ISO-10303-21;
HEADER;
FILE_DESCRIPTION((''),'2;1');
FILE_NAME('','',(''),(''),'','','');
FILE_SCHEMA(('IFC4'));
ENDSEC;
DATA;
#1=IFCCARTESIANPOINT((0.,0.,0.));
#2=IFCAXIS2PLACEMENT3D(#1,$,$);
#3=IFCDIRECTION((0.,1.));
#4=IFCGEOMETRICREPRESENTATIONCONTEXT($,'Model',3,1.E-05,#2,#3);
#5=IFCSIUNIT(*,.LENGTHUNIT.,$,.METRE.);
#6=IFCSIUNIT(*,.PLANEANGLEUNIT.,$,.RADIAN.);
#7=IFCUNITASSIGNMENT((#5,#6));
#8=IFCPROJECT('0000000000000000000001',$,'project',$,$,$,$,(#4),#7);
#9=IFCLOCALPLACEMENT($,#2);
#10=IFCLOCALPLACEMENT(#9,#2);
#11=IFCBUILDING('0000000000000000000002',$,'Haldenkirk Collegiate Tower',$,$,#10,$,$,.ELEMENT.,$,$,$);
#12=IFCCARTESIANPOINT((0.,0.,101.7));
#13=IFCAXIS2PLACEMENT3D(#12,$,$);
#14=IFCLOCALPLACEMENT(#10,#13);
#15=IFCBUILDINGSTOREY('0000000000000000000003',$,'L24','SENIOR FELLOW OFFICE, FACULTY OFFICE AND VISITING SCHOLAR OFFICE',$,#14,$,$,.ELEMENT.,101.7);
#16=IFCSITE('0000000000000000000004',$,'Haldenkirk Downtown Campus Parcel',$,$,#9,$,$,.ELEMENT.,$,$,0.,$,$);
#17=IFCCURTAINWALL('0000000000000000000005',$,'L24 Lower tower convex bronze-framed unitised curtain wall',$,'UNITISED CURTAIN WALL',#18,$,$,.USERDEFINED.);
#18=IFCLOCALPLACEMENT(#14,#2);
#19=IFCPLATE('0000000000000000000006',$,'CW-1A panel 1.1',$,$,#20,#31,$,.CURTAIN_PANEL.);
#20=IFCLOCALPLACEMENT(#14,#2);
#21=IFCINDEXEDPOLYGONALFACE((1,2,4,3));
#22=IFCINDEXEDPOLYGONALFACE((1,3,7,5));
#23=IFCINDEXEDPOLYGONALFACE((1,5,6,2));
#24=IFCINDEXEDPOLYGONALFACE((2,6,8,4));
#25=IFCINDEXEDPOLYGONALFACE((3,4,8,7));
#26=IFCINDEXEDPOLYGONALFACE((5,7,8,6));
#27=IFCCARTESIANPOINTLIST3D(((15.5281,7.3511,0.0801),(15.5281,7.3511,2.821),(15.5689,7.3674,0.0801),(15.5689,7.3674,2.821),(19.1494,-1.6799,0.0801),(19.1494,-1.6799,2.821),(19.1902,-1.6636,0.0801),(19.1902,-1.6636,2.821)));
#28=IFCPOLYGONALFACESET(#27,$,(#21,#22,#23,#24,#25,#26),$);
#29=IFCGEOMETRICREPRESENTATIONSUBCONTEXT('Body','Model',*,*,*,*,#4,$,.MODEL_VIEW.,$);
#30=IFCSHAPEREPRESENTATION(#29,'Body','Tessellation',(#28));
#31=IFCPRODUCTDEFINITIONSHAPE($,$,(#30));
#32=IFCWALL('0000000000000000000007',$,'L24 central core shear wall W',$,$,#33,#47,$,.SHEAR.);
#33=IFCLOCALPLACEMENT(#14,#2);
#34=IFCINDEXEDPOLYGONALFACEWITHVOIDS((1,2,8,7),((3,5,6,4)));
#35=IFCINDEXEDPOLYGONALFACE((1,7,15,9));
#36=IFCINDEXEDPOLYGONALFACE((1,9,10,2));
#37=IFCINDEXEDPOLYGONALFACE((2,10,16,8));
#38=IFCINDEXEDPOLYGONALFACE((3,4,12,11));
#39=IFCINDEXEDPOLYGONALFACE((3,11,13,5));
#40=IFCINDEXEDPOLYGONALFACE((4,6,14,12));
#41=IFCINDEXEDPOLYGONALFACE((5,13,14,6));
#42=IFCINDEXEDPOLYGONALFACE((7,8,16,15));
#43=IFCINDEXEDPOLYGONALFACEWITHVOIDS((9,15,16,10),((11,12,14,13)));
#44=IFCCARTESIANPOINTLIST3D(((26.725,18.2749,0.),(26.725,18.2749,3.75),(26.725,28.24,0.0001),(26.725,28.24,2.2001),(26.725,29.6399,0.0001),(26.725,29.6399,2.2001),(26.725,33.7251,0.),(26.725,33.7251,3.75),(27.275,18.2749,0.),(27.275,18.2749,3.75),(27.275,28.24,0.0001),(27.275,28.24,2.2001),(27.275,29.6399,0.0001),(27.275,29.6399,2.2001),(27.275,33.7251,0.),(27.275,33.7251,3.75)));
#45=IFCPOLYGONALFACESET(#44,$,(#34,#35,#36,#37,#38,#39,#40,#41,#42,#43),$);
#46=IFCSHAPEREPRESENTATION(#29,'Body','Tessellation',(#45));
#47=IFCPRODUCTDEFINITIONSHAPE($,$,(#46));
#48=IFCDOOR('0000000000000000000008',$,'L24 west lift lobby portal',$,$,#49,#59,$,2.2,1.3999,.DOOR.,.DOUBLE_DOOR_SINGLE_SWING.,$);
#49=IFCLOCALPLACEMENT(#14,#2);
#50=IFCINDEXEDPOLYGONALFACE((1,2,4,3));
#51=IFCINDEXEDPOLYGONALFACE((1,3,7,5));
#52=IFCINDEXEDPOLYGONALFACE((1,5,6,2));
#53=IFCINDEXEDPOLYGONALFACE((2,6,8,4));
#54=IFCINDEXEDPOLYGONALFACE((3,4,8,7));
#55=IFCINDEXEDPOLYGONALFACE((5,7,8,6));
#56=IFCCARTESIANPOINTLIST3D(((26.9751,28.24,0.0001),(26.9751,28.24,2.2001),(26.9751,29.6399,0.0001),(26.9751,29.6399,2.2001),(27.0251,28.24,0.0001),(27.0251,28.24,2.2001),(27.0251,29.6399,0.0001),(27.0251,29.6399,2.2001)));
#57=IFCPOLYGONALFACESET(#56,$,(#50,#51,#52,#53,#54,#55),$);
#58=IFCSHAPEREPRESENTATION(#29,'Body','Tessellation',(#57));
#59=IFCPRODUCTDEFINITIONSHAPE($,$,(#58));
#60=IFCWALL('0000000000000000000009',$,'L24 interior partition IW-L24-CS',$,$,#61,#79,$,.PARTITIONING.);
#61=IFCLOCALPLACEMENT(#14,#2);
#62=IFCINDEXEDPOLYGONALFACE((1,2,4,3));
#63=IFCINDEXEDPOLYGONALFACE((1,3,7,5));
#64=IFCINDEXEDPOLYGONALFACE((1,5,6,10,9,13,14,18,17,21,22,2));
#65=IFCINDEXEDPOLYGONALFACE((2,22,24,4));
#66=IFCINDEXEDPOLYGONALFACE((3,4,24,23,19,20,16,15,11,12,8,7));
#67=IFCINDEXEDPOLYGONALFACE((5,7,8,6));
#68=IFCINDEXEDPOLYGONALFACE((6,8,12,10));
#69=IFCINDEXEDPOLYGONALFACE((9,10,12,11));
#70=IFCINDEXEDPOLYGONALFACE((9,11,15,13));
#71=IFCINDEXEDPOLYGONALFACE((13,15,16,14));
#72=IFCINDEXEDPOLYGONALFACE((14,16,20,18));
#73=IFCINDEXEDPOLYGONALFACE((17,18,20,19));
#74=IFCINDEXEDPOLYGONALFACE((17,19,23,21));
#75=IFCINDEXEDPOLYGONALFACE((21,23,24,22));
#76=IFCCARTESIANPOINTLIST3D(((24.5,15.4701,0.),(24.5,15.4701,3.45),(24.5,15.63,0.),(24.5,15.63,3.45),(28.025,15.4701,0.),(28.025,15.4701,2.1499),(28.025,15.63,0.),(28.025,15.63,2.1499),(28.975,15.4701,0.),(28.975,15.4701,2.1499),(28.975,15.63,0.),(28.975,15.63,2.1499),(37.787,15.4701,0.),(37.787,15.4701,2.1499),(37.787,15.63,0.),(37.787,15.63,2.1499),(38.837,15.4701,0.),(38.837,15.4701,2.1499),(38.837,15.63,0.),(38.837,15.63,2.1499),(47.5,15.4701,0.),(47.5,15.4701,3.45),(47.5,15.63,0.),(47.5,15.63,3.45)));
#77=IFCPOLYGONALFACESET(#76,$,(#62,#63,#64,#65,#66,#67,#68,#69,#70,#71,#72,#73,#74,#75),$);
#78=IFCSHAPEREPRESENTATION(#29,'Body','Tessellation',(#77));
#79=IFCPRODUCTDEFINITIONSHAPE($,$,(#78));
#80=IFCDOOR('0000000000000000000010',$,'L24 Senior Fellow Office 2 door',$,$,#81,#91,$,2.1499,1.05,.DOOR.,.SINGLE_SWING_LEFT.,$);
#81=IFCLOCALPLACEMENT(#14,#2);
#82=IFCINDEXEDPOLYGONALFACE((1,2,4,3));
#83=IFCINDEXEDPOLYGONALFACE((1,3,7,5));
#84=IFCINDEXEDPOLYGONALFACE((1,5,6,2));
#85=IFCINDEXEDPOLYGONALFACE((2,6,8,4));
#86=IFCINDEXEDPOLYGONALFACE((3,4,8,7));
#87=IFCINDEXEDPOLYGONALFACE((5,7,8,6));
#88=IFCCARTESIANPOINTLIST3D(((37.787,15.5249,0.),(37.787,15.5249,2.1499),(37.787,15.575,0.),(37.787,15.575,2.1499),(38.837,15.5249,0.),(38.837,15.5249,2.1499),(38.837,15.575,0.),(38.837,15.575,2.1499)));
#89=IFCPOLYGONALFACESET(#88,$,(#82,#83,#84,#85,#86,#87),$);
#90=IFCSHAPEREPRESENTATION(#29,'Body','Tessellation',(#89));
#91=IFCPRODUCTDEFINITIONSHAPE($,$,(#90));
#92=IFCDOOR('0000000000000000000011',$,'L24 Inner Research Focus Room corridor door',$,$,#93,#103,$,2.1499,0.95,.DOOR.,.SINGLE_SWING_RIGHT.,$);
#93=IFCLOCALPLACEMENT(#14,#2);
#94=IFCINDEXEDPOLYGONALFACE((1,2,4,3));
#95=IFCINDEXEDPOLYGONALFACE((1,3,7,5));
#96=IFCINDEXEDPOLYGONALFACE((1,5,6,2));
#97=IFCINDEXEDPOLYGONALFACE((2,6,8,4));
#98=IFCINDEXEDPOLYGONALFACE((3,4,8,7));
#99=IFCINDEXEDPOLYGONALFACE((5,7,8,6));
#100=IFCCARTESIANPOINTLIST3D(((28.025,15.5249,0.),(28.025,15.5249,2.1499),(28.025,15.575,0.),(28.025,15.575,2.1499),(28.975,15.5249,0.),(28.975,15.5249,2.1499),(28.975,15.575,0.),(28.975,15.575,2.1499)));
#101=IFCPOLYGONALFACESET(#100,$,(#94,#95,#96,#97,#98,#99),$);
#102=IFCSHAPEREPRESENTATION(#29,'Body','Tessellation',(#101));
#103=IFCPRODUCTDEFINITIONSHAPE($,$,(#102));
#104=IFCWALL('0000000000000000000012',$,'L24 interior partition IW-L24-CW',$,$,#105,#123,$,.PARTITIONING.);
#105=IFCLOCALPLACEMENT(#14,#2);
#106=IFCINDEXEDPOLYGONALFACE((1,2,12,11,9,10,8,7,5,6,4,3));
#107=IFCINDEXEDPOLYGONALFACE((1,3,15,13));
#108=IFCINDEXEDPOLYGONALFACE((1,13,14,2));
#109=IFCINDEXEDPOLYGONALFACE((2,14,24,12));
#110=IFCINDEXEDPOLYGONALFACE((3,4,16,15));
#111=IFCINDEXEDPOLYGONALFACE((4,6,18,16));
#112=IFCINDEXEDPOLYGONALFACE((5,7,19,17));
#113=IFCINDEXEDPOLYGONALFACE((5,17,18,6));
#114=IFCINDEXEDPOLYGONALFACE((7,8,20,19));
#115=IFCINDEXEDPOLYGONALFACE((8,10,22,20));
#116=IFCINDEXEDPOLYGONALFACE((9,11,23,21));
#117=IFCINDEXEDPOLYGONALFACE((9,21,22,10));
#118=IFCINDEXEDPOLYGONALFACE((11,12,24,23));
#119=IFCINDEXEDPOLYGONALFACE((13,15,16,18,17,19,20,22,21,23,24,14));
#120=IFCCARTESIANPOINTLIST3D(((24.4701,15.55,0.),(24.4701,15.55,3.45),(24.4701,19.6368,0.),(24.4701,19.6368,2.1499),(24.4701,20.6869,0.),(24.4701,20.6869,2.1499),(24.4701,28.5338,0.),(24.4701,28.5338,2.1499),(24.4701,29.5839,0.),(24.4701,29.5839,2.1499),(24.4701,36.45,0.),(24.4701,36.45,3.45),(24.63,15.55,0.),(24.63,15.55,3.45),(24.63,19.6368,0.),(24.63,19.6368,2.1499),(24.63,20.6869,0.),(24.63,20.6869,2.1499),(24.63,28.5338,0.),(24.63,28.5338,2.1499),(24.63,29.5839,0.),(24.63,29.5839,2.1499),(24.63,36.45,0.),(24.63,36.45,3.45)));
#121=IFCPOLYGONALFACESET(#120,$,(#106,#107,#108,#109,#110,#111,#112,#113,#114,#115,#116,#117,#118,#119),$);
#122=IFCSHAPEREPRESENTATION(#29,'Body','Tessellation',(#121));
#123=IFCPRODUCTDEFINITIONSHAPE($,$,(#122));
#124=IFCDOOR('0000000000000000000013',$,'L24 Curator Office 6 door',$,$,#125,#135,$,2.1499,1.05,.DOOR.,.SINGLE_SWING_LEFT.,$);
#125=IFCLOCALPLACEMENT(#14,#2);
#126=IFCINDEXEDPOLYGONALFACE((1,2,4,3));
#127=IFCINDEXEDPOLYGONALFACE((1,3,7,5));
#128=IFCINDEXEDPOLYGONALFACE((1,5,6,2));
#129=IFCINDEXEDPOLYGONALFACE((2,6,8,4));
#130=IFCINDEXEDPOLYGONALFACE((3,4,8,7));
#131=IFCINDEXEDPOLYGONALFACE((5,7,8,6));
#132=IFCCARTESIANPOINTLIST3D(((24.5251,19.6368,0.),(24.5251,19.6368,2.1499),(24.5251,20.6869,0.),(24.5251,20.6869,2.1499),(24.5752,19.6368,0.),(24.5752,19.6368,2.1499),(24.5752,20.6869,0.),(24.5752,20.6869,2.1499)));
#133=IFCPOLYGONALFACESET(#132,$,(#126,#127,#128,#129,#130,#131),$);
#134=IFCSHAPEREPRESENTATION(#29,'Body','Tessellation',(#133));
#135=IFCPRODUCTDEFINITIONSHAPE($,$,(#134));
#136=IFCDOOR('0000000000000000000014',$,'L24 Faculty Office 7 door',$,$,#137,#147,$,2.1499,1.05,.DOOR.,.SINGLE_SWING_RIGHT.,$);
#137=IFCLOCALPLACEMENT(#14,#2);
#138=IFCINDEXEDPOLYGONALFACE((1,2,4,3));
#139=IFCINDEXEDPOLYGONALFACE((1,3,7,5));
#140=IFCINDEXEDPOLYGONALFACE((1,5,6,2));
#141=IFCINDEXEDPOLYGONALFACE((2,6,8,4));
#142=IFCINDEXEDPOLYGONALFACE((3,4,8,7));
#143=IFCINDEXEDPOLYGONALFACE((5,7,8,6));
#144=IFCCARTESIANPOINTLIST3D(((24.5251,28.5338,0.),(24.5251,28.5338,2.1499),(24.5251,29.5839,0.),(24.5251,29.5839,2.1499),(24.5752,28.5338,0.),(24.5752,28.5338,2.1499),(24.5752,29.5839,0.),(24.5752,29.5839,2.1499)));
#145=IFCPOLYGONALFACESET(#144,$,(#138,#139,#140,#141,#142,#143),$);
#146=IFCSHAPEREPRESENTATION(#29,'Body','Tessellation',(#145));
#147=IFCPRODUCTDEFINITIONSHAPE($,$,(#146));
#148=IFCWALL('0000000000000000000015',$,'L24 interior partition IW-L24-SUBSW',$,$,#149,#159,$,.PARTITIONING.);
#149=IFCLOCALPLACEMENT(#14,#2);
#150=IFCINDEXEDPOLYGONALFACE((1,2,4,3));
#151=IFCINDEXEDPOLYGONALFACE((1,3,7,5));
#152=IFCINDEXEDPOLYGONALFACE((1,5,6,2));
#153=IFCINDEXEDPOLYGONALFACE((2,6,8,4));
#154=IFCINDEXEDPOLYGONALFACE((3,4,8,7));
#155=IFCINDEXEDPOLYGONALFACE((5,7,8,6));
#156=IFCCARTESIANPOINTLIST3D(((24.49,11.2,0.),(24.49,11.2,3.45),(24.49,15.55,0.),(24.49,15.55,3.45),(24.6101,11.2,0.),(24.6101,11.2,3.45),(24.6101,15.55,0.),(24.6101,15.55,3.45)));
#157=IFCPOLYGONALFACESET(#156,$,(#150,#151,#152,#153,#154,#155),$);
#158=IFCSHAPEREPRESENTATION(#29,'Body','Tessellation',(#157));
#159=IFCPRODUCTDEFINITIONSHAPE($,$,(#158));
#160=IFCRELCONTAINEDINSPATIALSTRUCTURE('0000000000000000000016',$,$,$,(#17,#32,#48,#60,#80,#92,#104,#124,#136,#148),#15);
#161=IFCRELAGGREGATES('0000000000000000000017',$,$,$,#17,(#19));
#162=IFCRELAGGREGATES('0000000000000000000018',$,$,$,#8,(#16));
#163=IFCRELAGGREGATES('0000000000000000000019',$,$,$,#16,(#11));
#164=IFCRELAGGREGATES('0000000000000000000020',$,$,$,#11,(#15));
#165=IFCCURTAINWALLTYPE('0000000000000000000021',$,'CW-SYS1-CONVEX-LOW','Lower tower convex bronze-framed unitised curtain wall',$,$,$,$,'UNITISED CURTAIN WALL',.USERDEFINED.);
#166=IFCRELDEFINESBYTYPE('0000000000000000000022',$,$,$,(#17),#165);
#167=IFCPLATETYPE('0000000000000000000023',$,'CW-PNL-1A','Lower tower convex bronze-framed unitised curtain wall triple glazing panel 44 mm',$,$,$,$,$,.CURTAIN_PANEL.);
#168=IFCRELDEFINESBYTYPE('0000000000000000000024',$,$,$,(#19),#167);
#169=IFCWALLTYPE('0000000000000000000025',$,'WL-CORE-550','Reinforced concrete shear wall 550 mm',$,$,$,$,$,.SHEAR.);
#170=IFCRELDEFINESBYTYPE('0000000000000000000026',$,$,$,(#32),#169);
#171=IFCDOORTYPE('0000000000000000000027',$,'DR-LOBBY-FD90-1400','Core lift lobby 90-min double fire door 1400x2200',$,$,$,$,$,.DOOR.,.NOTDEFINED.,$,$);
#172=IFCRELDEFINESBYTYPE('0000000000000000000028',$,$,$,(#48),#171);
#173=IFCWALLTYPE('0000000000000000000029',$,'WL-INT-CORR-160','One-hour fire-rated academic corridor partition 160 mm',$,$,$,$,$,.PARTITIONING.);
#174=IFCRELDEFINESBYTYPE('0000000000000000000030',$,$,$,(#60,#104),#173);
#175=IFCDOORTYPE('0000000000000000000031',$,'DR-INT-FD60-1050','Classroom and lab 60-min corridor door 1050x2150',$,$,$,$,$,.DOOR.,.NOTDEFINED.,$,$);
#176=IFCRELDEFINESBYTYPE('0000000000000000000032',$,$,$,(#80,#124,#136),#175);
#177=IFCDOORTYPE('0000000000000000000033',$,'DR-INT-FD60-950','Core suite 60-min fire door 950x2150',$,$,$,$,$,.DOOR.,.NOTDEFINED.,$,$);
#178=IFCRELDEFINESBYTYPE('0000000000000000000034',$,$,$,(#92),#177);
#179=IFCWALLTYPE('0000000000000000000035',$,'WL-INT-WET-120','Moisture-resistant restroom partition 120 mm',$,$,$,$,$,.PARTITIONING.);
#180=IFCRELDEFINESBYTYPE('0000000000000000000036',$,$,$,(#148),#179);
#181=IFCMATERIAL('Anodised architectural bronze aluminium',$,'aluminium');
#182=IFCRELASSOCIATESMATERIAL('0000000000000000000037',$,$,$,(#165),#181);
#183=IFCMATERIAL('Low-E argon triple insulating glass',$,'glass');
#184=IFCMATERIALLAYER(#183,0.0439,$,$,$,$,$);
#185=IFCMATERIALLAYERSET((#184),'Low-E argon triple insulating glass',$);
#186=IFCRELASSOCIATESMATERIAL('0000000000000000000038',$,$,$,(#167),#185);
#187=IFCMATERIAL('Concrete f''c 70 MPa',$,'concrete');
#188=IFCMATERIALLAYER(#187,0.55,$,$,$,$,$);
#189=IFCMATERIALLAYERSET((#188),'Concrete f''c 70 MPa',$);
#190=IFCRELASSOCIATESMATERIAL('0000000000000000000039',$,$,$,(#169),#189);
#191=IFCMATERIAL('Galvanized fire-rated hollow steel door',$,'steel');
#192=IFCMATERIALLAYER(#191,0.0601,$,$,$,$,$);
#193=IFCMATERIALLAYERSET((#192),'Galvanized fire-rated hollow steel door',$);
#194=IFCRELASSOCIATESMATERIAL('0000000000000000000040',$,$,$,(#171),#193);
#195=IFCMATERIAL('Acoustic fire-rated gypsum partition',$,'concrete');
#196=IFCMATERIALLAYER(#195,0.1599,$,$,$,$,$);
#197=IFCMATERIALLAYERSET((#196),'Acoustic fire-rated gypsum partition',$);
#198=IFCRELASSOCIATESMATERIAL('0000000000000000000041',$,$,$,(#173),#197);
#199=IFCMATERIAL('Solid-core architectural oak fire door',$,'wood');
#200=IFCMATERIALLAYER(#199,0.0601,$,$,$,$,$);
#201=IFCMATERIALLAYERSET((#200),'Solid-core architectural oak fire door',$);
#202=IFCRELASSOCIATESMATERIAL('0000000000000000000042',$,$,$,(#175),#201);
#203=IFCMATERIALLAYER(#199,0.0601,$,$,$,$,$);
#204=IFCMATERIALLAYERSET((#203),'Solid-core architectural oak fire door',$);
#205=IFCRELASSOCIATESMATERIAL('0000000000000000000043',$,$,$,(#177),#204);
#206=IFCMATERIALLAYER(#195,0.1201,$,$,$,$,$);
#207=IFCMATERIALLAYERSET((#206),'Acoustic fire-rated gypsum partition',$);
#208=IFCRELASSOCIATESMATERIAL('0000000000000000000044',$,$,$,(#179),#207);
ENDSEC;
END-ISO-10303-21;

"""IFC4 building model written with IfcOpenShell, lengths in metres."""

from ifc_helpers import new_model, si_unit, direction, frame, frame_2d, origin, origin_2d, place, context, subcontext, project, spatial, rectangle, extrude, source, transform, mapped, material, layer, layer_set, type_object, element, fill, aggregate, save


model = new_model("IFC4")

# Units and contexts
model_context = context("Model", 3, precision=1e-05, world=origin(), true_north=direction((0.0, 1.0)))
body_context = subcontext(model_context, "Body", "Model", "MODEL_VIEW")
ifc_project = project(units=[si_unit("LENGTHUNIT", "METRE"), si_unit("PLANEANGLEUNIT", "RADIAN")], contexts=[model_context])

# Site, building, storey
site_placement = place(None, origin())
site = spatial("IfcSite", under=ifc_project, at=site_placement, Name="Haldenkirk Downtown Campus Parcel", CompositionType="ELEMENT", RefElevation=0.0)
building_placement = place(site_placement, origin())
building = spatial("IfcBuilding", under=site, at=building_placement, Name="Haldenkirk Collegiate Tower", CompositionType="ELEMENT")
storey_placement = place(building_placement, frame((0.0, 0.0, 101.7)))
storey = spatial("IfcBuildingStorey", under=building, at=storey_placement, Name="L24", Description="SENIOR FELLOW OFFICE, FACULTY OFFICE AND VISITING SCHOLAR OFFICE", CompositionType="ELEMENT", Elevation=101.7)

# Curtain wall, plate
ifc_material_1 = material(Name="Anodised architectural bronze aluminium", Category="aluminium")
curtain_wall_type = type_object("IfcCurtainWallType", Name="CW-SYS1-CONVEX-LOW", Description="Lower tower convex bronze-framed unitised curtain wall", ElementType="UNITISED CURTAIN WALL", PredefinedType="USERDEFINED", material=ifc_material_1)
curtain_wall_placement = place(storey_placement, origin())
curtain_wall = element("IfcCurtainWall", 1, at=curtain_wall_placement, inside=storey, type_object=curtain_wall_type, Name="L24 Lower tower convex bronze-framed unitised curtain wall", ObjectType="UNITISED CURTAIN WALL", PredefinedType="USERDEFINED")
ifc_material_2 = material(Name="Low-E argon triple insulating glass", Category="glass")
ifc_layer_1 = layer(ifc_material_2, 0.0439)
ifc_layer_set_1 = layer_set([ifc_layer_1], Name="Low-E argon triple insulating glass")
plate_type = type_object("IfcPlateType", Name="CW-PNL-1A", Description="Lower tower convex bronze-framed unitised curtain wall triple glazing panel 44 mm", PredefinedType="CURTAIN_PANEL", material=ifc_layer_set_1)
shared_shape = source(origin(), body_context, "Body", "SweptSolid", [
    extrude(rectangle(XDim=9.73, YDim=0.0439, at=origin_2d()), origin(), (0.0, 0.0, 1.0), 2.741),
])
plate_placement = place(storey_placement, frame((17.3591, 2.8438, 0.0801), z_axis=(0.0, 0.0, 1.0), x_axis=(-0.372175, 0.928163, 0.0)))
plate = element("IfcPlate", 2, at=plate_placement, type_object=plate_type, Name="CW-1A panel 1.1", PredefinedType="CURTAIN_PANEL", context=body_context, shape_type="MappedRepresentation", body=[
    mapped(shared_shape, transform((0.0, 0.0, 0.0), x_axis=(1.0, 0.0, 0.0), y_axis=(0.0, 1.0, 0.0), z_axis=(0.0, 0.0, 1.0), scale=1.0)),
])
aggregate(curtain_wall, [plate])

# Shared definitions
ifc_material_3 = material(Name="Concrete f'c 70 MPa", Category="concrete")
ifc_layer_2 = layer(ifc_material_3, 0.55)
ifc_layer_set_2 = layer_set([ifc_layer_2], Name="Concrete f'c 70 MPa")
wall_type_1 = type_object("IfcWallType", Name="WL-CORE-550", Description="Reinforced concrete shear wall 550 mm", PredefinedType="SHEAR", material=ifc_layer_set_2)
ifc_material_4 = material(Name="Galvanized fire-rated hollow steel door", Category="steel")

# Wall, opening, door
wall_1_placement = place(storey_placement, frame((27.0, 18.2749, 0.0), z_axis=(0.0, 0.0, 1.0), x_axis=(0.0, 1.0, 0.0)))
wall_1 = element("IfcWall", 3, at=wall_1_placement, inside=storey, type_object=wall_type_1, Name="L24 central core shear wall W", PredefinedType="SHEAR", context=body_context, shape_type="SweptSolid", body=[
    extrude(rectangle(XDim=15.4502, YDim=0.55, at=frame_2d((7.7251, 0.0))), origin(), (0.0, 0.0, 1.0), 3.75),
])
opening_1_placement = place(wall_1_placement, frame((9.9651, 0.0, 0.0)))
opening_1 = element("IfcOpeningElement", 4, at=opening_1_placement, cuts=wall_1, PredefinedType="OPENING", context=body_context, shape_type="SweptSolid", body=[
    extrude(rectangle(XDim=1.3999, YDim=2.2, at=frame_2d((0.7, 1.1001))), frame((0.0, 0.2849, 0.0), z_axis=(0.0, -1.0, 0.0), x_axis=(1.0, 0.0, 0.0)), (0.0, 0.0, 1.0), 0.5701),
])
ifc_layer_3 = layer(ifc_material_4, 0.0601)
ifc_layer_set_3 = layer_set([ifc_layer_3], Name="Galvanized fire-rated hollow steel door")
door_type_1 = type_object("IfcDoorType", Name="DR-LOBBY-FD90-1400", Description="Core lift lobby 90-min double fire door 1400x2200", OperationType="NOTDEFINED", PredefinedType="DOOR", material=ifc_layer_set_3)
door_1_placement = place(opening_1_placement, origin())
door_1 = element("IfcDoor", 5, at=door_1_placement, inside=storey, type_object=door_type_1, Name="L24 west lift lobby portal", OperationType="DOUBLE_DOOR_SINGLE_SWING", OverallHeight=2.2, OverallWidth=1.3999, PredefinedType="DOOR", context=body_context, shape_type="SweptSolid", body=[
    extrude(rectangle(XDim=1.3999, YDim=2.2, at=frame_2d((0.7, 1.1001))), frame((0.0, 0.0249, 0.0), z_axis=(0.0, -1.0, 0.0), x_axis=(1.0, 0.0, 0.0)), (0.0, 0.0, 1.0), 0.05),
])
fill(opening_1, door_1)

# Walls, openings, doors
ifc_material_5 = material(Name="Acoustic fire-rated gypsum partition", Category="concrete")
ifc_layer_4 = layer(ifc_material_5, 0.1599)
ifc_layer_set_4 = layer_set([ifc_layer_4], Name="Acoustic fire-rated gypsum partition")
wall_type_2 = type_object("IfcWallType", Name="WL-INT-CORR-160", Description="One-hour fire-rated academic corridor partition 160 mm", PredefinedType="PARTITIONING", material=ifc_layer_set_4)
wall_2_placement = place(storey_placement, frame((24.5, 15.55, 0.0), z_axis=(0.0, 0.0, 1.0), x_axis=(1.0, 0.0, 0.0)))
wall_2 = element("IfcWall", 6, at=wall_2_placement, inside=storey, type_object=wall_type_2, Name="L24 interior partition IW-L24-CS", PredefinedType="PARTITIONING", context=body_context, shape_type="SweptSolid", body=[
    extrude(rectangle(XDim=23.0, YDim=0.1599, at=frame_2d((11.5, 0.0))), origin(), (0.0, 0.0, 1.0), 3.45),
])
opening_2_placement = place(wall_2_placement, frame((3.5249, 0.0, 0.0)))
opening_2 = element("IfcOpeningElement", 7, at=opening_2_placement, cuts=wall_2, PredefinedType="OPENING", context=body_context, shape_type="SweptSolid", body=[
    extrude(rectangle(XDim=0.95, YDim=2.1499, at=frame_2d((0.4751, 1.075))), frame((0.0, 0.0898, 0.0), z_axis=(0.0, -1.0, 0.0), x_axis=(1.0, 0.0, 0.0)), (0.0, 0.0, 1.0), 0.1799),
])
opening_3_placement = place(wall_2_placement, frame((13.2871, 0.0, 0.0)))
opening_3 = element("IfcOpeningElement", 8, at=opening_3_placement, cuts=wall_2, PredefinedType="OPENING", context=body_context, shape_type="SweptSolid", body=[
    extrude(rectangle(XDim=1.05, YDim=2.1499, at=frame_2d((0.5249, 1.075))), frame((0.0, 0.0898, 0.0), z_axis=(0.0, -1.0, 0.0), x_axis=(1.0, 0.0, 0.0)), (0.0, 0.0, 1.0), 0.1799),
])
ifc_material_6 = material(Name="Solid-core architectural oak fire door", Category="wood")
ifc_layer_5 = layer(ifc_material_6, 0.0601)
ifc_layer_set_5 = layer_set([ifc_layer_5], Name="Solid-core architectural oak fire door")
door_type_2 = type_object("IfcDoorType", Name="DR-INT-FD60-1050", Description="Classroom and lab 60-min corridor door 1050x2150", OperationType="NOTDEFINED", PredefinedType="DOOR", material=ifc_layer_set_5)
door_2_placement = place(opening_3_placement, origin())
door_2 = element("IfcDoor", 9, at=door_2_placement, inside=storey, type_object=door_type_2, Name="L24 Senior Fellow Office 2 door", OperationType="SINGLE_SWING_LEFT", OverallHeight=2.1499, OverallWidth=1.05, PredefinedType="DOOR", context=body_context, shape_type="SweptSolid", body=[
    extrude(rectangle(XDim=1.05, YDim=2.1499, at=frame_2d((0.5249, 1.075))), frame((0.0, 0.0249, 0.0), z_axis=(0.0, -1.0, 0.0), x_axis=(1.0, 0.0, 0.0)), (0.0, 0.0, 1.0), 0.05),
])
fill(opening_3, door_2)
ifc_layer_6 = layer(ifc_material_6, 0.0601)
ifc_layer_set_6 = layer_set([ifc_layer_6], Name="Solid-core architectural oak fire door")
door_type_3 = type_object("IfcDoorType", Name="DR-INT-FD60-950", Description="Core suite 60-min fire door 950x2150", OperationType="NOTDEFINED", PredefinedType="DOOR", material=ifc_layer_set_6)
door_3_placement = place(opening_2_placement, origin())
door_3 = element("IfcDoor", 10, at=door_3_placement, inside=storey, type_object=door_type_3, Name="L24 Inner Research Focus Room corridor door", OperationType="SINGLE_SWING_RIGHT", OverallHeight=2.1499, OverallWidth=0.95, PredefinedType="DOOR", context=body_context, shape_type="SweptSolid", body=[
    extrude(rectangle(XDim=0.95, YDim=2.1499, at=frame_2d((0.4751, 1.075))), frame((0.0, 0.0249, 0.0), z_axis=(0.0, -1.0, 0.0), x_axis=(1.0, 0.0, 0.0)), (0.0, 0.0, 1.0), 0.05),
])
fill(opening_2, door_3)
wall_3_placement = place(storey_placement, frame((24.55, 15.55, 0.0), z_axis=(0.0, 0.0, 1.0), x_axis=(0.0, 1.0, 0.0)))
wall_3 = element("IfcWall", 11, at=wall_3_placement, inside=storey, type_object=wall_type_2, Name="L24 interior partition IW-L24-CW", PredefinedType="PARTITIONING", context=body_context, shape_type="SweptSolid", body=[
    extrude(rectangle(XDim=20.8999, YDim=0.1599, at=frame_2d((10.45, 0.0))), origin(), (0.0, 0.0, 1.0), 3.45),
])
opening_4_placement = place(wall_3_placement, frame((4.0869, 0.0, 0.0)))
opening_4 = element("IfcOpeningElement", 12, at=opening_4_placement, cuts=wall_3, PredefinedType="OPENING", context=body_context, shape_type="SweptSolid", body=[
    extrude(rectangle(XDim=1.05, YDim=2.1499, at=frame_2d((0.5249, 1.075))), frame((0.0, 0.0898, 0.0), z_axis=(0.0, -1.0, 0.0), x_axis=(1.0, 0.0, 0.0)), (0.0, 0.0, 1.0), 0.1799),
])
opening_5_placement = place(wall_3_placement, frame((12.9839, 0.0, 0.0)))
opening_5 = element("IfcOpeningElement", 13, at=opening_5_placement, cuts=wall_3, PredefinedType="OPENING", context=body_context, shape_type="SweptSolid", body=[
    extrude(rectangle(XDim=1.05, YDim=2.1499, at=frame_2d((0.5249, 1.075))), frame((0.0, 0.0898, 0.0), z_axis=(0.0, -1.0, 0.0), x_axis=(1.0, 0.0, 0.0)), (0.0, 0.0, 1.0), 0.1799),
])
door_4_placement = place(opening_4_placement, origin())
door_4 = element("IfcDoor", 14, at=door_4_placement, inside=storey, type_object=door_type_2, Name="L24 Curator Office 6 door", OperationType="SINGLE_SWING_LEFT", OverallHeight=2.1499, OverallWidth=1.05, PredefinedType="DOOR", context=body_context, shape_type="SweptSolid", body=[
    extrude(rectangle(XDim=1.05, YDim=2.1499, at=frame_2d((0.5249, 1.075))), frame((0.0, 0.0249, 0.0), z_axis=(0.0, -1.0, 0.0), x_axis=(1.0, 0.0, 0.0)), (0.0, 0.0, 1.0), 0.05),
])
fill(opening_4, door_4)
door_5_placement = place(opening_5_placement, origin())
door_5 = element("IfcDoor", 15, at=door_5_placement, inside=storey, type_object=door_type_2, Name="L24 Faculty Office 7 door", OperationType="SINGLE_SWING_RIGHT", OverallHeight=2.1499, OverallWidth=1.05, PredefinedType="DOOR", context=body_context, shape_type="SweptSolid", body=[
    extrude(rectangle(XDim=1.05, YDim=2.1499, at=frame_2d((0.5249, 1.075))), frame((0.0, 0.0249, 0.0), z_axis=(0.0, -1.0, 0.0), x_axis=(1.0, 0.0, 0.0)), (0.0, 0.0, 1.0), 0.05),
])
fill(opening_5, door_5)

# Wall
ifc_layer_7 = layer(ifc_material_5, 0.1201)
ifc_layer_set_7 = layer_set([ifc_layer_7], Name="Acoustic fire-rated gypsum partition")
wall_type_3 = type_object("IfcWallType", Name="WL-INT-WET-120", Description="Moisture-resistant restroom partition 120 mm", PredefinedType="PARTITIONING", material=ifc_layer_set_7)
wall_4_placement = place(storey_placement, frame((24.55, 11.2, 0.0), z_axis=(0.0, 0.0, 1.0), x_axis=(0.0, 1.0, 0.0)))
element("IfcWall", 16, at=wall_4_placement, inside=storey, type_object=wall_type_3, Name="L24 interior partition IW-L24-SUBSW", PredefinedType="PARTITIONING", context=body_context, shape_type="SweptSolid", body=[
    extrude(rectangle(XDim=4.3501, YDim=0.1201, at=frame_2d((2.175, 0.0))), origin(), (0.0, 0.0, 1.0), 3.45),
])

save(model, "model.ifc")
